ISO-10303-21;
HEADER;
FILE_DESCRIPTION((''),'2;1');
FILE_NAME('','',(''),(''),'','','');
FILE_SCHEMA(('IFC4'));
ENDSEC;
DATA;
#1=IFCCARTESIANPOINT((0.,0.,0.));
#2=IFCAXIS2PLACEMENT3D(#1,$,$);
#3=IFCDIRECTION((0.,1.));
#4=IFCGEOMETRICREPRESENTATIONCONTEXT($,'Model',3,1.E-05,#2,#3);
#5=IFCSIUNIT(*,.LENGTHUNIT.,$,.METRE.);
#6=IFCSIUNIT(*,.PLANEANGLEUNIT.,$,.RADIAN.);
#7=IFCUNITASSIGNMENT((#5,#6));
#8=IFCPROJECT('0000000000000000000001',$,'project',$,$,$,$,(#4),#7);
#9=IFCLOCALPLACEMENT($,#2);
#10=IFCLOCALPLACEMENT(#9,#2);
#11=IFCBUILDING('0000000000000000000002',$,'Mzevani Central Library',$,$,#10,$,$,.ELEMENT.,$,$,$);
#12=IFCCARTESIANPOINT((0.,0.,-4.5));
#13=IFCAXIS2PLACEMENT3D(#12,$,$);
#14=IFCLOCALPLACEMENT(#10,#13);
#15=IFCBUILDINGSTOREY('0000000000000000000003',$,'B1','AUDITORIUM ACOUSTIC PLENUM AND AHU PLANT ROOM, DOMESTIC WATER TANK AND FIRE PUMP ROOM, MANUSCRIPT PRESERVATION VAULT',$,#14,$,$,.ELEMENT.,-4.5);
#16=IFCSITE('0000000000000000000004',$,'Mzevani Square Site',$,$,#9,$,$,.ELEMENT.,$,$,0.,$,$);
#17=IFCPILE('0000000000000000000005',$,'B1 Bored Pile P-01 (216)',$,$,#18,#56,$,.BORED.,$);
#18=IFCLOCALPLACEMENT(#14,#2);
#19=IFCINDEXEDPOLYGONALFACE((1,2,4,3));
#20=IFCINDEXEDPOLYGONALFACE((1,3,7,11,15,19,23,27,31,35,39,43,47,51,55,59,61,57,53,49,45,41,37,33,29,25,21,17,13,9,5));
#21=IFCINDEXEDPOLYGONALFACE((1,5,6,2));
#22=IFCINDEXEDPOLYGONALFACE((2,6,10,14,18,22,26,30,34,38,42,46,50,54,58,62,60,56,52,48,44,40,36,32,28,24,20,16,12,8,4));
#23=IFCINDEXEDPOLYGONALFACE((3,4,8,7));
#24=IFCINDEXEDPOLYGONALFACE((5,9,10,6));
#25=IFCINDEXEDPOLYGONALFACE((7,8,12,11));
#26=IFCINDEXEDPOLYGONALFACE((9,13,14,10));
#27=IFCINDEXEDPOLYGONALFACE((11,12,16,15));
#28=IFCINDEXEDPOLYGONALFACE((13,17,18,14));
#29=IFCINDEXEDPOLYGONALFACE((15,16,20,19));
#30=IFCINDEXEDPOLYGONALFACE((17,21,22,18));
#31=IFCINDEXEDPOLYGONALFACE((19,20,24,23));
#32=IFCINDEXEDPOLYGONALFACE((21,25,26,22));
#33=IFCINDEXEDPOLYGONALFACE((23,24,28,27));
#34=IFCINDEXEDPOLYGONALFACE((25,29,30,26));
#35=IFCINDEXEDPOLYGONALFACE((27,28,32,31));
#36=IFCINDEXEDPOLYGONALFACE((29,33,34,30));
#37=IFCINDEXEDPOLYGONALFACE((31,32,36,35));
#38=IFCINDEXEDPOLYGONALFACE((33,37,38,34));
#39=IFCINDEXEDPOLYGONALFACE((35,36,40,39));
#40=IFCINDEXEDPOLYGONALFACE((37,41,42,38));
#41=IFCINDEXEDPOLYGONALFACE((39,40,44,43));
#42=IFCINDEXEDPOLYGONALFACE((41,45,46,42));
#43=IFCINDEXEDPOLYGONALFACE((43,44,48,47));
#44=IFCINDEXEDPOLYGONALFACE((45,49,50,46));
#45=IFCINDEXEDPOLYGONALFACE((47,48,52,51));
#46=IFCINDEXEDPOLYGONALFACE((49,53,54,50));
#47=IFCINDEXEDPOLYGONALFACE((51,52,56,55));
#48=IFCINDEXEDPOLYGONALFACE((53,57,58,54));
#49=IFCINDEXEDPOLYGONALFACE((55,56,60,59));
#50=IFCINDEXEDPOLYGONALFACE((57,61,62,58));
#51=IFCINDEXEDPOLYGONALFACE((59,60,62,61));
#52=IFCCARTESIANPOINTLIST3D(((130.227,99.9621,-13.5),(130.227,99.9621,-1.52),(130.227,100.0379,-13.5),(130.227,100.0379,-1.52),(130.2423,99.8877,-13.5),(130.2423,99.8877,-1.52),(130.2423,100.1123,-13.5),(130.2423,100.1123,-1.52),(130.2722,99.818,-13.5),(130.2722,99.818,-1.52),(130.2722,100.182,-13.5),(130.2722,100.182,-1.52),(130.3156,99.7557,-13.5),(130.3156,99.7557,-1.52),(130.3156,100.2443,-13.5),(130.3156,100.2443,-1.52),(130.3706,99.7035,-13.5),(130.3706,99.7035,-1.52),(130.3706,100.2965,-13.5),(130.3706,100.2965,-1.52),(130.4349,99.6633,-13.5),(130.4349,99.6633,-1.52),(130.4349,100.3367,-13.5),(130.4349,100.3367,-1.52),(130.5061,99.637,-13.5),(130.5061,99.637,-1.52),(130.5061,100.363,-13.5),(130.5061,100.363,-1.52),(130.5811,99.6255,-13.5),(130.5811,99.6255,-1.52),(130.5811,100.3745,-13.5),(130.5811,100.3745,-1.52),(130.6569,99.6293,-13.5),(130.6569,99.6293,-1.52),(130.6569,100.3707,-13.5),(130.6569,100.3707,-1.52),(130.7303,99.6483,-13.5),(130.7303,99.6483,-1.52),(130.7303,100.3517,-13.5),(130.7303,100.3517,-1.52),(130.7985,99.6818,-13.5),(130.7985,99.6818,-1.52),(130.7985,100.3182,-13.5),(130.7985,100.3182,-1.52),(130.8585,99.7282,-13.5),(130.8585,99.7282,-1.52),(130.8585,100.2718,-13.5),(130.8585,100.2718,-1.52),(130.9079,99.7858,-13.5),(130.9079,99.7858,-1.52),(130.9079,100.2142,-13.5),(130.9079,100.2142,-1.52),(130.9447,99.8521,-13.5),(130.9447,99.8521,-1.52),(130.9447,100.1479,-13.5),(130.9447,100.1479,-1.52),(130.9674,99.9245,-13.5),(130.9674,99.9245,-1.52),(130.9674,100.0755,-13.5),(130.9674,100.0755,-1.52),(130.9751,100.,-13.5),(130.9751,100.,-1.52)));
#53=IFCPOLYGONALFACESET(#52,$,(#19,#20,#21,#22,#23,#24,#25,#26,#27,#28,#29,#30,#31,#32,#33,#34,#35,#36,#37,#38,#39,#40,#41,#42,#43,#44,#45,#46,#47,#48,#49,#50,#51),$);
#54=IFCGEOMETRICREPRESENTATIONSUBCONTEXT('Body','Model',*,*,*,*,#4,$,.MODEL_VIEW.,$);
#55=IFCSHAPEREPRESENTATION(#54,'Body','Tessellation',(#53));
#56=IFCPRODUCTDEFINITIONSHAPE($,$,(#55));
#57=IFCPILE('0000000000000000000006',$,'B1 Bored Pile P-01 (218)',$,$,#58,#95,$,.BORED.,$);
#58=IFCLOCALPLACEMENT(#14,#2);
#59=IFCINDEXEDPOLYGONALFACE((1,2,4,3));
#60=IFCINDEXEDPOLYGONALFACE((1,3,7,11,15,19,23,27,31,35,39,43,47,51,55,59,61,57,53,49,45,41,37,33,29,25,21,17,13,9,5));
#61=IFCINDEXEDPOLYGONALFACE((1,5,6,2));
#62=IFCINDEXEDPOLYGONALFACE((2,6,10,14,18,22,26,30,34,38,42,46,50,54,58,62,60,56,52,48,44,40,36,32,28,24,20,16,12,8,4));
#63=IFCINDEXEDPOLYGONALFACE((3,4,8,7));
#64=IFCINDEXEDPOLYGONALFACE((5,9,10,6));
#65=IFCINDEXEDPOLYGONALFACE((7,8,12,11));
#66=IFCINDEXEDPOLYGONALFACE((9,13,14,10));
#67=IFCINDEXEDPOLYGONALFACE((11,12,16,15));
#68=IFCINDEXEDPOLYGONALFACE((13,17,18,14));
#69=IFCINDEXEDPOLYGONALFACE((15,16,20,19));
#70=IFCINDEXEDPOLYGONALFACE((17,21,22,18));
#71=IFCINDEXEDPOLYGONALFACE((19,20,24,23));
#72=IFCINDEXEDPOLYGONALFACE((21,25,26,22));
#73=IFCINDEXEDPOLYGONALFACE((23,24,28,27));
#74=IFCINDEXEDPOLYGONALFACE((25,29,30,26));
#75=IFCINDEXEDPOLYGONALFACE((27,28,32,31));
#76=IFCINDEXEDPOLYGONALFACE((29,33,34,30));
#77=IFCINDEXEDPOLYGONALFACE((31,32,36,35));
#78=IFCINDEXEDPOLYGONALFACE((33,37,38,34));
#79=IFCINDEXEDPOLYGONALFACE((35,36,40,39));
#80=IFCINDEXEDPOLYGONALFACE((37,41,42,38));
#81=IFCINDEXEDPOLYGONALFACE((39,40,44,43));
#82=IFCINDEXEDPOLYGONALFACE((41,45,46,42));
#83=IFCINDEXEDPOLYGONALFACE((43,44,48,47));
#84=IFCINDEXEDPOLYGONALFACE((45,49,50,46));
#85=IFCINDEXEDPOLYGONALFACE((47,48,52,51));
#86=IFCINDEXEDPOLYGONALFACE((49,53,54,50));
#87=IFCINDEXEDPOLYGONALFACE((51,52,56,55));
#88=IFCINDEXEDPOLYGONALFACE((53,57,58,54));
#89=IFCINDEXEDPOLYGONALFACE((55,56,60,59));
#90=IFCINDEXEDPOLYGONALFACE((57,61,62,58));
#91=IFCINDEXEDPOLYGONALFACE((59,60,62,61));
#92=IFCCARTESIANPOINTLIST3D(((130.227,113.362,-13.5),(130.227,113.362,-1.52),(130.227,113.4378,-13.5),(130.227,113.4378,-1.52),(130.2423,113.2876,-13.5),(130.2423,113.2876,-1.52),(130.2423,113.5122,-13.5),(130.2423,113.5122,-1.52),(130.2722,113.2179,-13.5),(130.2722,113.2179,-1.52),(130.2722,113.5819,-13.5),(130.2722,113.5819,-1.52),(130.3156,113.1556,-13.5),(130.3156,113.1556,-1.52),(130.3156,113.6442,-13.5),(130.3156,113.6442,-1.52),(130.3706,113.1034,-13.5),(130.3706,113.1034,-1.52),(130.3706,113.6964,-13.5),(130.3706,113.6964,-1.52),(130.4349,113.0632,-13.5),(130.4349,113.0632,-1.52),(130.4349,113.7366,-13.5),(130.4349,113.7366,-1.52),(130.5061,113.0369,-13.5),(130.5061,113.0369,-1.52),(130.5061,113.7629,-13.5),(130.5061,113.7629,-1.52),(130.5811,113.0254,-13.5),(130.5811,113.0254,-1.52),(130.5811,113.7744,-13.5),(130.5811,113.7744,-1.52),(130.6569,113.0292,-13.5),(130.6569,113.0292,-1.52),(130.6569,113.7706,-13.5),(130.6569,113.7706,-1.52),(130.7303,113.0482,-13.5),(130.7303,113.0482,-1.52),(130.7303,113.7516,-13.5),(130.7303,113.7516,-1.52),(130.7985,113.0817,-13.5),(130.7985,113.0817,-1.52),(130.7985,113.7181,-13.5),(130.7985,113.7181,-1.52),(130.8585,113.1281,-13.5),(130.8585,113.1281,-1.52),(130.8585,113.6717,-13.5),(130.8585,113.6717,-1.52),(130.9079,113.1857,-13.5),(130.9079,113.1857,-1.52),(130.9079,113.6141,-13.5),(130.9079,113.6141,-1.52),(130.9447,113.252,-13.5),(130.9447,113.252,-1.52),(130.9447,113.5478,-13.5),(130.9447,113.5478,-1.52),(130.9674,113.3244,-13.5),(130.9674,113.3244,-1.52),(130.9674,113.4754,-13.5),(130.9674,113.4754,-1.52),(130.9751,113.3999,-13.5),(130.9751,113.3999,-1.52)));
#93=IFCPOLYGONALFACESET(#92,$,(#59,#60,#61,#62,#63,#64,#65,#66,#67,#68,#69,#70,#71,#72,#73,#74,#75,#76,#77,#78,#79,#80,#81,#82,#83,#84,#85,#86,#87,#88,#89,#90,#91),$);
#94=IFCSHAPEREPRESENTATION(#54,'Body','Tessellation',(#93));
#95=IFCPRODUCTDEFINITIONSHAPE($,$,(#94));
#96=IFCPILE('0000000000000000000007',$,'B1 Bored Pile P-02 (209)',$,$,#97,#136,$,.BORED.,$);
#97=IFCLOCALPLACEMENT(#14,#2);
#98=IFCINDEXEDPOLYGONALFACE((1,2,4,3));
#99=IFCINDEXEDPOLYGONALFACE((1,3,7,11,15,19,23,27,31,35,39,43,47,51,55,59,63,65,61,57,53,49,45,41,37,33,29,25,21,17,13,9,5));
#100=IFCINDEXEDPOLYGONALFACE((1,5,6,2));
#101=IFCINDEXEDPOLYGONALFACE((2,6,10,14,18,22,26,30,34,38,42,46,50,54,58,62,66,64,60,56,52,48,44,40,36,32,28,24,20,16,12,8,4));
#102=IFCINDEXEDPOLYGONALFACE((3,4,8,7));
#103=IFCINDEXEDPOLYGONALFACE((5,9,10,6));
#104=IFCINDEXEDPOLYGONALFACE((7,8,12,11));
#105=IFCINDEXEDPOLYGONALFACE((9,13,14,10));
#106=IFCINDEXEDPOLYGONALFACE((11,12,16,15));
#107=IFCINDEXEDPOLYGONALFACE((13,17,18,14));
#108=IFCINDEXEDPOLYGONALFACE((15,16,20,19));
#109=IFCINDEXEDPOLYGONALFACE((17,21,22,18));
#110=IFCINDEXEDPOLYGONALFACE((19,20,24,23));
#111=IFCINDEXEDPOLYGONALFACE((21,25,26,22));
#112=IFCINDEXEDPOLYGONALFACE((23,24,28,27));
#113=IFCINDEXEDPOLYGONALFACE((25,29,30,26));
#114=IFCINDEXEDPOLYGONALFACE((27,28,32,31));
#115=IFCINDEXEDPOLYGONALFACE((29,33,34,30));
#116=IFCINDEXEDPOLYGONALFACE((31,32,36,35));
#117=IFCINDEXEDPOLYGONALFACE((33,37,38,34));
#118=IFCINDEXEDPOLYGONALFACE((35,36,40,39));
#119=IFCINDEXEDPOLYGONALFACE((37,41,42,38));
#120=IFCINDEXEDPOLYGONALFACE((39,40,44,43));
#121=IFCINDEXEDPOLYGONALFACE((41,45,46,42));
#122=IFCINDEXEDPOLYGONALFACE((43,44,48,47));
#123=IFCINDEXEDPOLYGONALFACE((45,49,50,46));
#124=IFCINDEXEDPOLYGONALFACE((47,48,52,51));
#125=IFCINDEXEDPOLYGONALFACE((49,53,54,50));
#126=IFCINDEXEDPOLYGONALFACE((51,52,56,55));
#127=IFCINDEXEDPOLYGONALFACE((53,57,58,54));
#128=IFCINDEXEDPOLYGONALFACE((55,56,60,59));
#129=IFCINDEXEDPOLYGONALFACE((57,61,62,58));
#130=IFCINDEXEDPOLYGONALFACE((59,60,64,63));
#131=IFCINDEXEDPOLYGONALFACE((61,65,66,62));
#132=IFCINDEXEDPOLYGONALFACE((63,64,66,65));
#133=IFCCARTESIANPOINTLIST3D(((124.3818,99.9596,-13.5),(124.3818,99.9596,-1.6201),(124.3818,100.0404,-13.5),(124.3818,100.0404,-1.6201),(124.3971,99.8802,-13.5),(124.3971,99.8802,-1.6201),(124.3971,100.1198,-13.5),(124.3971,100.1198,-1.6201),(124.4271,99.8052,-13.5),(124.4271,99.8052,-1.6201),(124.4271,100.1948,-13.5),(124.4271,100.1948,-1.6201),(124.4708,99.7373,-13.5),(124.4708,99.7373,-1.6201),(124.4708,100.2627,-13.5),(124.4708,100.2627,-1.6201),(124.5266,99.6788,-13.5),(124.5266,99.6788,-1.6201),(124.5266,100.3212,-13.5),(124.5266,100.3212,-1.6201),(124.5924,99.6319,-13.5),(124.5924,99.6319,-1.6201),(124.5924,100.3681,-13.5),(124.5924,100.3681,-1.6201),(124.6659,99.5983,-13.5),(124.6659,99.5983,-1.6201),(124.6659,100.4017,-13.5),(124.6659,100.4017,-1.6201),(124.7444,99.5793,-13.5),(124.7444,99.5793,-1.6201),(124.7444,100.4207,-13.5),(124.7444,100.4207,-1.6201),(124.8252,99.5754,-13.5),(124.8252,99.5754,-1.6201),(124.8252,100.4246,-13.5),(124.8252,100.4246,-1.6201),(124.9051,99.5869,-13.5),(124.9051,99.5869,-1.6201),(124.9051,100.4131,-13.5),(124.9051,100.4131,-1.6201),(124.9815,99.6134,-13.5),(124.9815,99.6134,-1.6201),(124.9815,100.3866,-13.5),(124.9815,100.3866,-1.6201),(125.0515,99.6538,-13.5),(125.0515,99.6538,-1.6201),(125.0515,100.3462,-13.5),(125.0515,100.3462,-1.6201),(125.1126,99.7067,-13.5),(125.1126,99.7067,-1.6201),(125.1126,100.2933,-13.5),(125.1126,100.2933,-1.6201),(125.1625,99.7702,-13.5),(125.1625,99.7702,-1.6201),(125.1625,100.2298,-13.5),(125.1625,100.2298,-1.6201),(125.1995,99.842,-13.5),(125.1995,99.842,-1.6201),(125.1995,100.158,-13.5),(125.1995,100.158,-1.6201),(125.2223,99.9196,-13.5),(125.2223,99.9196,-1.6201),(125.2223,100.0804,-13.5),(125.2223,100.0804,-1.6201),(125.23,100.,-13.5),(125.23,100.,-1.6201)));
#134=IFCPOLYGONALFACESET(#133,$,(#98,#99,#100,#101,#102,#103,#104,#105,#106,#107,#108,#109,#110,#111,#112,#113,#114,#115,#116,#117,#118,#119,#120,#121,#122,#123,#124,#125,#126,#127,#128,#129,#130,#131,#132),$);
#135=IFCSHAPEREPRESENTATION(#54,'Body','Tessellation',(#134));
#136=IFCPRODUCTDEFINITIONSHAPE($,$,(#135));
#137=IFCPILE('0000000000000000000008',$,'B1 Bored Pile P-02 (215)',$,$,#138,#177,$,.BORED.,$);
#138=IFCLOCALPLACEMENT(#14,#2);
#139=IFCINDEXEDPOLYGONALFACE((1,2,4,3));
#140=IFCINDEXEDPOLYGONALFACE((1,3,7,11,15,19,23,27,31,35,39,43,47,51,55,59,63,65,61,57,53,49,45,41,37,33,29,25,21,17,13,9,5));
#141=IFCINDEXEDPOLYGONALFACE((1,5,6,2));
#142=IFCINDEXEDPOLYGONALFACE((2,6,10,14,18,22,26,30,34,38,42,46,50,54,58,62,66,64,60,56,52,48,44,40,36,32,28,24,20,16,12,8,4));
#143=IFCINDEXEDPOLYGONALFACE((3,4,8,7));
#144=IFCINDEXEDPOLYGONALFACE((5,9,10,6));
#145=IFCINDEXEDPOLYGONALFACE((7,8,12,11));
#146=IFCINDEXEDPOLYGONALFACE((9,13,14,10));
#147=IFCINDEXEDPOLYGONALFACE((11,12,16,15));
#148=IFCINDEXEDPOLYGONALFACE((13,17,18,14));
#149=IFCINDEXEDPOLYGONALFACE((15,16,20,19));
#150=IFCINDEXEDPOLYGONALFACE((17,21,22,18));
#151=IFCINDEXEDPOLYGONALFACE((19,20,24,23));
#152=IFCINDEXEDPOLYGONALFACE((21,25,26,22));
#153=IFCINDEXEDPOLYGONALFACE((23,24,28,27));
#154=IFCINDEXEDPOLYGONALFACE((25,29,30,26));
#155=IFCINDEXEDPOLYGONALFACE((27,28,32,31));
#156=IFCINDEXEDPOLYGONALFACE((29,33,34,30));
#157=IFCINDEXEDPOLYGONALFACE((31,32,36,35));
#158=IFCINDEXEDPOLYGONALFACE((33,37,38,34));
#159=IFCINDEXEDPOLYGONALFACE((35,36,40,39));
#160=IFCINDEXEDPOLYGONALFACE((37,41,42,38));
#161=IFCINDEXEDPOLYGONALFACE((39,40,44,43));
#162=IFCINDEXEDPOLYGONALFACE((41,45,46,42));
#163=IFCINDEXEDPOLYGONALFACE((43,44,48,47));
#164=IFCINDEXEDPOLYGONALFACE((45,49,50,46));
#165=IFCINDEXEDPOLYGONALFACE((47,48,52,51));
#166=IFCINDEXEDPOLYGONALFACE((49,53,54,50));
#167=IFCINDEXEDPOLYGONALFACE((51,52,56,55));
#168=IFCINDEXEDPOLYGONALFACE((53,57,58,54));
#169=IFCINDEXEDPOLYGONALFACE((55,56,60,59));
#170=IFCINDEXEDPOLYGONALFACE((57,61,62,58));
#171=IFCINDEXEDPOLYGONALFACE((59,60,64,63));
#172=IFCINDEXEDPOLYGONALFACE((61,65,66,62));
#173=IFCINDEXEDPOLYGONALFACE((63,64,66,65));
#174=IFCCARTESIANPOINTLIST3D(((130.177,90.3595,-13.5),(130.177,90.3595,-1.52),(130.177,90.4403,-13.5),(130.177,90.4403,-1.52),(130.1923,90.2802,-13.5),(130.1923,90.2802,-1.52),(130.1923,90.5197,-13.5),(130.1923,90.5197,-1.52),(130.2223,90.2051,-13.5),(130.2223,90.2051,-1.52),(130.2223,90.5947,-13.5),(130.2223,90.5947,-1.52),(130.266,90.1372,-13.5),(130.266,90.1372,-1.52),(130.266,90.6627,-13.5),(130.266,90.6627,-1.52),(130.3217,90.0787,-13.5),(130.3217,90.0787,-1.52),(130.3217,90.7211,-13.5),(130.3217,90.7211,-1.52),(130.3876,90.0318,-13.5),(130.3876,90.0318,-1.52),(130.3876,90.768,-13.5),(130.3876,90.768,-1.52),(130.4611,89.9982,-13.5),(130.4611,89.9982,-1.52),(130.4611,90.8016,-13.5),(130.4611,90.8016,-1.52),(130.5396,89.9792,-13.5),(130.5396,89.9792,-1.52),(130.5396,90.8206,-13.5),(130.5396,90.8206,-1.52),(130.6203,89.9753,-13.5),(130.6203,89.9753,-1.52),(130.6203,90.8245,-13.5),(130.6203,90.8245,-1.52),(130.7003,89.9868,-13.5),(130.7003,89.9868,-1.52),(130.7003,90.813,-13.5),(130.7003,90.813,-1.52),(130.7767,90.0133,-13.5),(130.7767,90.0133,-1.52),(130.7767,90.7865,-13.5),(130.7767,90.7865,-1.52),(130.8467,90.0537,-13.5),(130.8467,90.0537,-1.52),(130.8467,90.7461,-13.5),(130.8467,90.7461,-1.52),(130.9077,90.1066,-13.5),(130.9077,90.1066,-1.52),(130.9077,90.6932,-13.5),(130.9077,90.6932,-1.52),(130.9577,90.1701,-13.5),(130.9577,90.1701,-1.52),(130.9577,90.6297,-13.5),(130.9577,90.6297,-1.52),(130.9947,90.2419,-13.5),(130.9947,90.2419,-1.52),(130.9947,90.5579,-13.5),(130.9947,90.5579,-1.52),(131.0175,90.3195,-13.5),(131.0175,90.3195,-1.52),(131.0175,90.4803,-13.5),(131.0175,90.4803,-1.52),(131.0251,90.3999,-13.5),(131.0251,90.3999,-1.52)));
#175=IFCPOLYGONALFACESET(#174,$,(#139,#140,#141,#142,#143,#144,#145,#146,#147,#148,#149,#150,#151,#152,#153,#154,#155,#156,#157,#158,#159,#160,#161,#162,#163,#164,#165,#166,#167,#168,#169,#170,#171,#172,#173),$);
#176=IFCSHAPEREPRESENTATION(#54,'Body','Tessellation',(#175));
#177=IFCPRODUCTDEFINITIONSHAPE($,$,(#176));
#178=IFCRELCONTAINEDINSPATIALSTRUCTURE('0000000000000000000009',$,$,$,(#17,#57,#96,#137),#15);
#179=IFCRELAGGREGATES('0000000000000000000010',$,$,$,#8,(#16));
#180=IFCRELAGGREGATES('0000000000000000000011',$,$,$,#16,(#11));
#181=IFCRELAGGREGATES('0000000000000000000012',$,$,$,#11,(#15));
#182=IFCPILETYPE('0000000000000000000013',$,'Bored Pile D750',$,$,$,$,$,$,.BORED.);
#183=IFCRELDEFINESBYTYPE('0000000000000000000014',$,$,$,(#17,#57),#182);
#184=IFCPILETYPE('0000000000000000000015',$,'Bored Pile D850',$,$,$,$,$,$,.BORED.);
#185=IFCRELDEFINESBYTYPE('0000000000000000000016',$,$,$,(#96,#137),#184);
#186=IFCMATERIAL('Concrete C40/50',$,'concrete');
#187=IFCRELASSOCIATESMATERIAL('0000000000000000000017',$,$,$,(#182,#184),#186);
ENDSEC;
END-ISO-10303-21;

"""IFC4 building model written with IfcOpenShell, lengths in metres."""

from ifc_helpers import new_model, si_unit, direction, frame, origin, origin_2d, place, context, subcontext, project, spatial, circle, extrude, material, material_profile, profile_set, type_object, element, save


model = new_model("IFC4")

# Units and contexts
model_context = context("Model", 3, precision=1e-05, world=origin(), true_north=direction((0.0, 1.0)))
body_context = subcontext(model_context, "Body", "Model", "MODEL_VIEW")
ifc_project = project(units=[si_unit("LENGTHUNIT", "METRE"), si_unit("PLANEANGLEUNIT", "RADIAN")], contexts=[model_context])

# Site, building, storey
site_placement = place(None, origin())
site = spatial("IfcSite", under=ifc_project, at=site_placement, Name="Mzevani Square Site", CompositionType="ELEMENT", RefElevation=0.0)
building_placement = place(site_placement, origin())
building = spatial("IfcBuilding", under=site, at=building_placement, Name="Mzevani Central Library", CompositionType="ELEMENT")
storey_placement = place(building_placement, frame((0.0, 0.0, -4.5)))
storey = spatial("IfcBuildingStorey", under=building, at=storey_placement, Name="B1", Description="AUDITORIUM ACOUSTIC PLENUM AND AHU PLANT ROOM, DOMESTIC WATER TANK AND FIRE PUMP ROOM, MANUSCRIPT PRESERVATION VAULT", CompositionType="ELEMENT", Elevation=-4.5)

# Piles
ifc_material_1 = material(Name="Concrete C40/50", Category="concrete")
ifc_material_profile_1 = material_profile(ifc_material_1, circle(Radius=0.375, at=origin_2d()), Name="PILE D750")
ifc_profile_set_1 = profile_set([ifc_material_profile_1], Name="Concrete C40/50")
pile_type_1 = type_object("IfcPileType", Name="Bored Pile D750", PredefinedType="BORED", material=ifc_profile_set_1)
for number, where, z_axis, x_axis, name in (
    (1, (130.6001, 100.0, -1.52), (0.0, 0.0, -1.0), (1.0, 0.0, 0.0), "B1 Bored Pile P-01 (216)"),
    (2, (130.6001, 113.3999, -1.52), (0.0, 0.0, -1.0), (1.0, 0.0, 0.0), "B1 Bored Pile P-01 (218)"),
):
    element("IfcPile", number, at=place(storey_placement, frame(where, z_axis=z_axis, x_axis=x_axis)), inside=storey, type_object=pile_type_1, Name=name, PredefinedType="BORED", context=body_context, shape_type="SweptSolid", body=[
        extrude(circle(Radius=0.375, at=origin_2d()), origin(), (0.0, 0.0, 1.0), 11.98),
    ])
ifc_material_profile_2 = material_profile(ifc_material_1, circle(Radius=0.425, at=origin_2d()), Name="PILE D850")
ifc_profile_set_2 = profile_set([ifc_material_profile_2], Name="Concrete C40/50")
pile_type_2 = type_object("IfcPileType", Name="Bored Pile D850", PredefinedType="BORED", material=ifc_profile_set_2)
pile_placement = place(storey_placement, frame((124.8049, 100.0, -1.6201), z_axis=(0.0, 0.0, -1.0), x_axis=(1.0, 0.0, 0.0)))
element("IfcPile", 3, at=pile_placement, inside=storey, type_object=pile_type_2, Name="B1 Bored Pile P-02 (209)", PredefinedType="BORED", context=body_context, shape_type="SweptSolid", body=[
    extrude(circle(Radius=0.425, at=origin_2d()), origin(), (0.0, 0.0, 1.0), 11.8799),
])
for number, where, z_axis, x_axis, name in (
    (4, (130.6001, 90.3999, -1.52), (0.0, 0.0, -1.0), (1.0, 0.0, 0.0), "B1 Bored Pile P-02 (215)"),
):
    element("IfcPile", number, at=place(storey_placement, frame(where, z_axis=z_axis, x_axis=x_axis)), inside=storey, type_object=pile_type_2, Name=name, PredefinedType="BORED", context=body_context, shape_type="SweptSolid", body=[
        extrude(circle(Radius=0.425, at=origin_2d()), origin(), (0.0, 0.0, 1.0), 11.98),
    ])

save(model, "model.ifc")
